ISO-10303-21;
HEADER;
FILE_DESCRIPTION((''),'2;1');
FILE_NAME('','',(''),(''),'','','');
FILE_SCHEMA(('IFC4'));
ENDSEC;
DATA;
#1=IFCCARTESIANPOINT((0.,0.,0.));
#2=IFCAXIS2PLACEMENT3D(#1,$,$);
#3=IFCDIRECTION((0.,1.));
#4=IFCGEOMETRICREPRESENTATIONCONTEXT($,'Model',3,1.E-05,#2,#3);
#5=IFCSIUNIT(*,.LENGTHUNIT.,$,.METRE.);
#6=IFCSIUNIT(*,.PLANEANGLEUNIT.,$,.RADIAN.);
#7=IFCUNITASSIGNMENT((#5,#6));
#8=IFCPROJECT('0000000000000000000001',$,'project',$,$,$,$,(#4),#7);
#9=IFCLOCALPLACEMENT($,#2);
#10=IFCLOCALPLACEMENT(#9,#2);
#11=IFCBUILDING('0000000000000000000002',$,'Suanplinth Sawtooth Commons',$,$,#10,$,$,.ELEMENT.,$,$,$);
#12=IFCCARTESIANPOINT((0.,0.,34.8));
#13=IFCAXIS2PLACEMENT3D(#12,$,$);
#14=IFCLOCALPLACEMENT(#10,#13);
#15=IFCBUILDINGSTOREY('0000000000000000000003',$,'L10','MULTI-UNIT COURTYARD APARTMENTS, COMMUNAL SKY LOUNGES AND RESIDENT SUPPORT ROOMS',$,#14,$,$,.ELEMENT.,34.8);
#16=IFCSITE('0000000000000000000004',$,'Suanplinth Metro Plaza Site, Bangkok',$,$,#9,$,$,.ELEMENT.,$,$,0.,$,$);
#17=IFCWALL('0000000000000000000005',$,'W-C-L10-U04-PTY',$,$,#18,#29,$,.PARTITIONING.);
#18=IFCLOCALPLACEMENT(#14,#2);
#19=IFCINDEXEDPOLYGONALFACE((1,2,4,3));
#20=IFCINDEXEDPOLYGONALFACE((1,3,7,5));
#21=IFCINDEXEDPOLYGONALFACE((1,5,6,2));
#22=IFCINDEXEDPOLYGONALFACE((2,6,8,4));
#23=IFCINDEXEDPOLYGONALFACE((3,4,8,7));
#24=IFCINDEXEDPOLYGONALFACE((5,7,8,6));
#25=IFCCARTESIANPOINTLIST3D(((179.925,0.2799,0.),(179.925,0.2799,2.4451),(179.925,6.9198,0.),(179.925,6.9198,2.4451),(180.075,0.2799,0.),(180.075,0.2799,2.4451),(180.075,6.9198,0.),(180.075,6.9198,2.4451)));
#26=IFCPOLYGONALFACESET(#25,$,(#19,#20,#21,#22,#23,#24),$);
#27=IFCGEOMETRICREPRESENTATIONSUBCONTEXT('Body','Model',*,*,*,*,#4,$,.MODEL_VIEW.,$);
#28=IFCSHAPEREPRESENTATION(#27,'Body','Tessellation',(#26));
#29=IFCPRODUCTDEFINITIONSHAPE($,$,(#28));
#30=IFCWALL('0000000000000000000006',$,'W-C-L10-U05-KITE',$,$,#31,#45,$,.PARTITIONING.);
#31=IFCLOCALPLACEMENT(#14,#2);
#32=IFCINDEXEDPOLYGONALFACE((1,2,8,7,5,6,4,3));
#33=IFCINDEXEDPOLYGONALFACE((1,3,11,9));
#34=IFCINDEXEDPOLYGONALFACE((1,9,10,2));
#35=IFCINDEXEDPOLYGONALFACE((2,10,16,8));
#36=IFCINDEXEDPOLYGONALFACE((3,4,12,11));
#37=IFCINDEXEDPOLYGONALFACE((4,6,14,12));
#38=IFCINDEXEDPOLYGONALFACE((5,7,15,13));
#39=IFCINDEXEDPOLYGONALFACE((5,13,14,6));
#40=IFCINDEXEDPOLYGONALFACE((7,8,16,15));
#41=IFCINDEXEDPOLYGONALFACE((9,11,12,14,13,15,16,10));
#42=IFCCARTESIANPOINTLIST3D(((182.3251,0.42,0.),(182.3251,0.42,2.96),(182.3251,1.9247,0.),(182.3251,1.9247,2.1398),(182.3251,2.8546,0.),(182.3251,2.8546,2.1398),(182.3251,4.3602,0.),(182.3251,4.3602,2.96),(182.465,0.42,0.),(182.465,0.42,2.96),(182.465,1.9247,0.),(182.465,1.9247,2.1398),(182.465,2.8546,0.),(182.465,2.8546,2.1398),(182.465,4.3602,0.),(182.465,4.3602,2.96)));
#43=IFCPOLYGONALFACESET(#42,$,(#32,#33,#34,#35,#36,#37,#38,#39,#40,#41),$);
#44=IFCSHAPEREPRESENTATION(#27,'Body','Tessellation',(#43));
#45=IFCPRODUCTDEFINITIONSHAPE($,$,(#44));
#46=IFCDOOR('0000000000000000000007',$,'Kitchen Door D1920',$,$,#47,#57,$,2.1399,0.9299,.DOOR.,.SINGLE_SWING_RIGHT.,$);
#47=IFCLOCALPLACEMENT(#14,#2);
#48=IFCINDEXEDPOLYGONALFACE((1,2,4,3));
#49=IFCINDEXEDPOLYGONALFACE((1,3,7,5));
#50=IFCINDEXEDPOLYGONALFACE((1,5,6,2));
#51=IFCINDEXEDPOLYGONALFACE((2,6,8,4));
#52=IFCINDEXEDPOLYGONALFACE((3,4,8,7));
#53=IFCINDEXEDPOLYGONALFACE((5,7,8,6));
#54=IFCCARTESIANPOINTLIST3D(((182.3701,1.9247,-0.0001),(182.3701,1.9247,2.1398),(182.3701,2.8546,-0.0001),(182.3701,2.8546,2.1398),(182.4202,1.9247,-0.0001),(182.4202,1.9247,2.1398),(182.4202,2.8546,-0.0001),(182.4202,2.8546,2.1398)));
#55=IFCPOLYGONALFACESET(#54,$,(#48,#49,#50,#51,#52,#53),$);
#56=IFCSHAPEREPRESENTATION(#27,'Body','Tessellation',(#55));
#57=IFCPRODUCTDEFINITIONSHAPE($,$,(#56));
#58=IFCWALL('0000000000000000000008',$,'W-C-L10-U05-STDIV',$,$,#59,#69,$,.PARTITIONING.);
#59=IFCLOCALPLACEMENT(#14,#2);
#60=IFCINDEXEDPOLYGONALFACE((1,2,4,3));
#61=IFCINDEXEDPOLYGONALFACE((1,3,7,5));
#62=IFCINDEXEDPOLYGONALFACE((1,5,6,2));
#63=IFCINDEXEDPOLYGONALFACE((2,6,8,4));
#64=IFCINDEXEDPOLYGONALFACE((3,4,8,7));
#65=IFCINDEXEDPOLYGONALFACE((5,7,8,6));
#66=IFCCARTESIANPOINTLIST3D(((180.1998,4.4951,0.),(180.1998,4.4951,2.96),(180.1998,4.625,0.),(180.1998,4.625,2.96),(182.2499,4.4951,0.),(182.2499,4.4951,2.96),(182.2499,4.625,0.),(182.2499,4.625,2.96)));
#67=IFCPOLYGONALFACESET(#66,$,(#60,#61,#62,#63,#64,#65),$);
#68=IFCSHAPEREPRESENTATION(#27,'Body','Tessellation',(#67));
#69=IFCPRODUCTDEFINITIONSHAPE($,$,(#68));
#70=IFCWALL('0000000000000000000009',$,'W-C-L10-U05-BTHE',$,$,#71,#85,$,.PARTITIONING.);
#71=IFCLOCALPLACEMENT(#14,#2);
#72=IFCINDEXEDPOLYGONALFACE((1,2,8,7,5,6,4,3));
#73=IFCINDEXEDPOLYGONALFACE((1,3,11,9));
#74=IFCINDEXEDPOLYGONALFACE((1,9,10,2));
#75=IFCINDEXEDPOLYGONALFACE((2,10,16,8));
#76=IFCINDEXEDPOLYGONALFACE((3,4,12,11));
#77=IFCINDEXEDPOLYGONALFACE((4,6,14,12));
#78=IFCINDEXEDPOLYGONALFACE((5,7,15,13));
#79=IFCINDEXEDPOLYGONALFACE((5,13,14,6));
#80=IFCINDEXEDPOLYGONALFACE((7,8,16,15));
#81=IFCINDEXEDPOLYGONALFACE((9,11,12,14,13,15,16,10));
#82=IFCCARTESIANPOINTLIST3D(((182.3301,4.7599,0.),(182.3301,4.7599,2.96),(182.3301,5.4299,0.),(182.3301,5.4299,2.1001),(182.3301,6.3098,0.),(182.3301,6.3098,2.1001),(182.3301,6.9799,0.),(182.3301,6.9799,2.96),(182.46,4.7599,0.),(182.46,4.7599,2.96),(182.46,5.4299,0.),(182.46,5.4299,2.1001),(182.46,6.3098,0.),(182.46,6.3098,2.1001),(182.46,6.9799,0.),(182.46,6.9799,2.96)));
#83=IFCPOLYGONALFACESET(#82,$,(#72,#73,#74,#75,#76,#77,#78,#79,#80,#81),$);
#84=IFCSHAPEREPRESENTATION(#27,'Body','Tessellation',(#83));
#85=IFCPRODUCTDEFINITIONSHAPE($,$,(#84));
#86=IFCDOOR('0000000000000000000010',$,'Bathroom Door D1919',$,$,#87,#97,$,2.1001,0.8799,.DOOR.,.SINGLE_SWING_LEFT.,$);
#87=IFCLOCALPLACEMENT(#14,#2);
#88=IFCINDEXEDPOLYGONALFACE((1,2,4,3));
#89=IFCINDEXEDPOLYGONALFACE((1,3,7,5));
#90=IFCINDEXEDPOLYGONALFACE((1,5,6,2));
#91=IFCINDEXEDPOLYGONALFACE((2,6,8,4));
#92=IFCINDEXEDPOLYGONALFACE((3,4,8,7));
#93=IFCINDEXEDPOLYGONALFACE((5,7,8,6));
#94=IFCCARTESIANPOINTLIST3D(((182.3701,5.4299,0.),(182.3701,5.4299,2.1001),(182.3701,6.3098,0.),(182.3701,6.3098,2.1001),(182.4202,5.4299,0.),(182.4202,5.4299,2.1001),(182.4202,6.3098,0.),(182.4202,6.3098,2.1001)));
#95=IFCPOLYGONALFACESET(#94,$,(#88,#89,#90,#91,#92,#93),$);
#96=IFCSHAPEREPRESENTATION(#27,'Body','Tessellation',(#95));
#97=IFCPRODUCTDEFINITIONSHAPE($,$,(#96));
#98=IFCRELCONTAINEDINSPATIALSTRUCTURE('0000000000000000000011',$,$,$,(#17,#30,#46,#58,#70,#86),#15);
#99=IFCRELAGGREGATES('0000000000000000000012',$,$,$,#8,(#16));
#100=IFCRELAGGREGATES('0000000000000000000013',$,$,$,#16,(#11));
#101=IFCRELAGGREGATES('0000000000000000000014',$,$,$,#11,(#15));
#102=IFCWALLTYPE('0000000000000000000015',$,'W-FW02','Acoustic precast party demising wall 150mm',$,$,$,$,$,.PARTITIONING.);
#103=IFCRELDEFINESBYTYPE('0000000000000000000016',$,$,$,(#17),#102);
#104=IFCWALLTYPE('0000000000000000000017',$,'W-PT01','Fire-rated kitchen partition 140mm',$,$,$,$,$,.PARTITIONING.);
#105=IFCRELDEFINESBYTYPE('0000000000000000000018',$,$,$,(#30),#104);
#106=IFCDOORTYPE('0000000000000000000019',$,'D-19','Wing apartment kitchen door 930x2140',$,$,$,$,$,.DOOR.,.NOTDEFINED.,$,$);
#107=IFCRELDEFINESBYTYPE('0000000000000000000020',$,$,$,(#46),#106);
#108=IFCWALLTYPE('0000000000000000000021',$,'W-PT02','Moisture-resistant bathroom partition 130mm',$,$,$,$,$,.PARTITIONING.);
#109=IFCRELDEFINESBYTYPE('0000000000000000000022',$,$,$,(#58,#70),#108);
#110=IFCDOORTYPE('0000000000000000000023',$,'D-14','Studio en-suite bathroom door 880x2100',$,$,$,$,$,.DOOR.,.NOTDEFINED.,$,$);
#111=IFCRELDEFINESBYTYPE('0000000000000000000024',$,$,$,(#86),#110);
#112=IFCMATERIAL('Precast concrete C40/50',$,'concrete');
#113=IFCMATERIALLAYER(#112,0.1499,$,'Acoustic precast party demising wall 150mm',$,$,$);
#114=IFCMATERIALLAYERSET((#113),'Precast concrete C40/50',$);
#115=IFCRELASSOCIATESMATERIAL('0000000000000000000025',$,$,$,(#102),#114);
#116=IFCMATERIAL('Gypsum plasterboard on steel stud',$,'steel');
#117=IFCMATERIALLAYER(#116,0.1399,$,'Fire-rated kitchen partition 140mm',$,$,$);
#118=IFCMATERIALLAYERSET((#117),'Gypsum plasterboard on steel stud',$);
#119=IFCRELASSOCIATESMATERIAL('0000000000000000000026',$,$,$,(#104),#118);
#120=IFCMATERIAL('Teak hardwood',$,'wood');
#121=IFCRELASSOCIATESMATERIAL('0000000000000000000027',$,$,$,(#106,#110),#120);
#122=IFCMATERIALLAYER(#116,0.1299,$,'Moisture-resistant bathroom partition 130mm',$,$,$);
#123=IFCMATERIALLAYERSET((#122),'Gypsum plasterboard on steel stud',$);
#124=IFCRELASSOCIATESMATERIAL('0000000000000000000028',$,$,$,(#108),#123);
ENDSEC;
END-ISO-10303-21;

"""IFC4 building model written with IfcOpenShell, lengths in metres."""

from ifc_helpers import new_model, si_unit, direction, frame, frame_2d, origin, place, context, subcontext, project, spatial, rectangle, extrude, material, layer, layer_set, type_object, element, fill, save


model = new_model("IFC4")

# Units and contexts
model_context = context("Model", 3, precision=1e-05, world=origin(), true_north=direction((0.0, 1.0)))
body_context = subcontext(model_context, "Body", "Model", "MODEL_VIEW")
ifc_project = project(units=[si_unit("LENGTHUNIT", "METRE"), si_unit("PLANEANGLEUNIT", "RADIAN")], contexts=[model_context])

# Site, building, storey
site_placement = place(None, origin())
site = spatial("IfcSite", under=ifc_project, at=site_placement, Name="Suanplinth Metro Plaza Site, Bangkok", CompositionType="ELEMENT", RefElevation=0.0)
building_placement = place(site_placement, origin())
building = spatial("IfcBuilding", under=site, at=building_placement, Name="Suanplinth Sawtooth Commons", CompositionType="ELEMENT")
storey_placement = place(building_placement, frame((0.0, 0.0, 34.8)))
storey = spatial("IfcBuildingStorey", under=building, at=storey_placement, Name="L10", Description="MULTI-UNIT COURTYARD APARTMENTS, COMMUNAL SKY LOUNGES AND RESIDENT SUPPORT ROOMS", CompositionType="ELEMENT", Elevation=34.8)

# Shared definitions
ifc_material_1 = material(Name="Precast concrete C40/50", Category="concrete")

# Wall
ifc_layer_1 = layer(ifc_material_1, 0.1499, Name="Acoustic precast party demising wall 150mm")
ifc_layer_set_1 = layer_set([ifc_layer_1], Name="Precast concrete C40/50")
wall_type_1 = type_object("IfcWallType", Name="W-FW02", Description="Acoustic precast party demising wall 150mm", PredefinedType="PARTITIONING", material=ifc_layer_set_1)
wall_1_placement = place(storey_placement, frame((180.0, 0.28, 0.0), z_axis=(0.0, 0.0, 1.0), x_axis=(0.0, 1.0, 0.0)))
element("IfcWall", 1, at=wall_1_placement, inside=storey, type_object=wall_type_1, Name="W-C-L10-U04-PTY", PredefinedType="PARTITIONING", context=body_context, shape_type="SweptSolid", body=[
    extrude(rectangle(XDim=6.6399, YDim=0.1499, at=frame_2d((3.3198, 0.0))), origin(), (0.0, 0.0, 1.0), 2.4451),
])

# Wall, opening, door
ifc_material_2 = material(Name="Gypsum plasterboard on steel stud", Category="steel")
ifc_layer_2 = layer(ifc_material_2, 0.1399, Name="Fire-rated kitchen partition 140mm")
ifc_layer_set_2 = layer_set([ifc_layer_2], Name="Gypsum plasterboard on steel stud")
wall_type_2 = type_object("IfcWallType", Name="W-PT01", Description="Fire-rated kitchen partition 140mm", PredefinedType="PARTITIONING", material=ifc_layer_set_2)
wall_2_placement = place(storey_placement, frame((182.395, 0.4199, 0.0), z_axis=(0.0, 0.0, 1.0), x_axis=(0.0, 1.0, 0.0)))
wall_2 = element("IfcWall", 2, at=wall_2_placement, inside=storey, type_object=wall_type_2, Name="W-C-L10-U05-KITE", PredefinedType="PARTITIONING", context=body_context, shape_type="SweptSolid", body=[
    extrude(rectangle(XDim=3.9402, YDim=0.1399, at=frame_2d((1.9702, 0.0))), origin(), (0.0, 0.0, 1.0), 2.96),
])
opening_1_placement = place(wall_2_placement, frame((1.5049, 0.0, 0.0)))
opening_1 = element("IfcOpeningElement", 3, at=opening_1_placement, cuts=wall_2, PredefinedType="OPENING", context=body_context, shape_type="SweptSolid", body=[
    extrude(rectangle(XDim=0.9299, YDim=2.1399, at=frame_2d((0.4648, 1.0698))), frame((0.0, 0.085, 0.0), z_axis=(0.0, -1.0, 0.0), x_axis=(1.0, 0.0, 0.0)), (0.0, 0.0, 1.0), 0.1697),
])
ifc_material_3 = material(Name="Teak hardwood", Category="wood")
door_type_1 = type_object("IfcDoorType", Name="D-19", Description="Wing apartment kitchen door 930x2140", OperationType="NOTDEFINED", PredefinedType="DOOR", material=ifc_material_3)
door_1_placement = place(opening_1_placement, origin())
door_1 = element("IfcDoor", 4, at=door_1_placement, inside=storey, type_object=door_type_1, Name="Kitchen Door D1920", OperationType="SINGLE_SWING_RIGHT", OverallHeight=2.1399, OverallWidth=0.9299, PredefinedType="DOOR", context=body_context, shape_type="SweptSolid", body=[
    extrude(rectangle(XDim=0.9299, YDim=2.1399, at=frame_2d((0.4648, 1.0698))), frame((0.0, 0.0249, 0.0), z_axis=(0.0, -1.0, 0.0), x_axis=(1.0, 0.0, 0.0)), (0.0, 0.0, 1.0), 0.05),
])
fill(opening_1, door_1)

# Wall
ifc_layer_3 = layer(ifc_material_2, 0.1299, Name="Moisture-resistant bathroom partition 130mm")
ifc_layer_set_3 = layer_set([ifc_layer_3], Name="Gypsum plasterboard on steel stud")
wall_type_3 = type_object("IfcWallType", Name="W-PT02", Description="Moisture-resistant bathroom partition 130mm", PredefinedType="PARTITIONING", material=ifc_layer_set_3)
wall_3_placement = place(storey_placement, frame((180.2, 4.5601, 0.0), z_axis=(0.0, 0.0, 1.0), x_axis=(1.0, 0.0, 0.0)))
element("IfcWall", 5, at=wall_3_placement, inside=storey, type_object=wall_type_3, Name="W-C-L10-U05-STDIV", PredefinedType="PARTITIONING", context=body_context, shape_type="SweptSolid", body=[
    extrude(rectangle(XDim=2.05, YDim=0.1299, at=frame_2d((1.0249, 0.0))), origin(), (0.0, 0.0, 1.0), 2.96),
])

# Wall, opening, door
wall_4_placement = place(storey_placement, frame((182.395, 4.76, 0.0), z_axis=(0.0, 0.0, 1.0), x_axis=(0.0, 1.0, 0.0)))
wall_4 = element("IfcWall", 6, at=wall_4_placement, inside=storey, type_object=wall_type_3, Name="W-C-L10-U05-BTHE", PredefinedType="PARTITIONING", context=body_context, shape_type="SweptSolid", body=[
    extrude(rectangle(XDim=2.22, YDim=0.1299, at=frame_2d((1.1099, 0.0))), origin(), (0.0, 0.0, 1.0), 2.96),
])
opening_2_placement = place(wall_4_placement, frame((0.6699, 0.0, 0.0)))
opening_2 = element("IfcOpeningElement", 7, at=opening_2_placement, cuts=wall_4, PredefinedType="OPENING", context=body_context, shape_type="SweptSolid", body=[
    extrude(rectangle(XDim=0.8799, YDim=2.1001, at=frame_2d((0.4399, 1.05))), frame((0.0, 0.0798, 0.0), z_axis=(0.0, -1.0, 0.0), x_axis=(1.0, 0.0, 0.0)), (0.0, 0.0, 1.0), 0.1597),
])
door_type_2 = type_object("IfcDoorType", Name="D-14", Description="Studio en-suite bathroom door 880x2100", OperationType="NOTDEFINED", PredefinedType="DOOR", material=ifc_material_3)
door_2_placement = place(opening_2_placement, origin())
door_2 = element("IfcDoor", 8, at=door_2_placement, inside=storey, type_object=door_type_2, Name="Bathroom Door D1919", OperationType="SINGLE_SWING_LEFT", OverallHeight=2.1001, OverallWidth=0.8799, PredefinedType="DOOR", context=body_context, shape_type="SweptSolid", body=[
    extrude(rectangle(XDim=0.8799, YDim=2.1001, at=frame_2d((0.4399, 1.05))), frame((0.0, 0.0249, 0.0), z_axis=(0.0, -1.0, 0.0), x_axis=(1.0, 0.0, 0.0)), (0.0, 0.0, 1.0), 0.05),
])
fill(opening_2, door_2)

save(model, "model.ifc")
